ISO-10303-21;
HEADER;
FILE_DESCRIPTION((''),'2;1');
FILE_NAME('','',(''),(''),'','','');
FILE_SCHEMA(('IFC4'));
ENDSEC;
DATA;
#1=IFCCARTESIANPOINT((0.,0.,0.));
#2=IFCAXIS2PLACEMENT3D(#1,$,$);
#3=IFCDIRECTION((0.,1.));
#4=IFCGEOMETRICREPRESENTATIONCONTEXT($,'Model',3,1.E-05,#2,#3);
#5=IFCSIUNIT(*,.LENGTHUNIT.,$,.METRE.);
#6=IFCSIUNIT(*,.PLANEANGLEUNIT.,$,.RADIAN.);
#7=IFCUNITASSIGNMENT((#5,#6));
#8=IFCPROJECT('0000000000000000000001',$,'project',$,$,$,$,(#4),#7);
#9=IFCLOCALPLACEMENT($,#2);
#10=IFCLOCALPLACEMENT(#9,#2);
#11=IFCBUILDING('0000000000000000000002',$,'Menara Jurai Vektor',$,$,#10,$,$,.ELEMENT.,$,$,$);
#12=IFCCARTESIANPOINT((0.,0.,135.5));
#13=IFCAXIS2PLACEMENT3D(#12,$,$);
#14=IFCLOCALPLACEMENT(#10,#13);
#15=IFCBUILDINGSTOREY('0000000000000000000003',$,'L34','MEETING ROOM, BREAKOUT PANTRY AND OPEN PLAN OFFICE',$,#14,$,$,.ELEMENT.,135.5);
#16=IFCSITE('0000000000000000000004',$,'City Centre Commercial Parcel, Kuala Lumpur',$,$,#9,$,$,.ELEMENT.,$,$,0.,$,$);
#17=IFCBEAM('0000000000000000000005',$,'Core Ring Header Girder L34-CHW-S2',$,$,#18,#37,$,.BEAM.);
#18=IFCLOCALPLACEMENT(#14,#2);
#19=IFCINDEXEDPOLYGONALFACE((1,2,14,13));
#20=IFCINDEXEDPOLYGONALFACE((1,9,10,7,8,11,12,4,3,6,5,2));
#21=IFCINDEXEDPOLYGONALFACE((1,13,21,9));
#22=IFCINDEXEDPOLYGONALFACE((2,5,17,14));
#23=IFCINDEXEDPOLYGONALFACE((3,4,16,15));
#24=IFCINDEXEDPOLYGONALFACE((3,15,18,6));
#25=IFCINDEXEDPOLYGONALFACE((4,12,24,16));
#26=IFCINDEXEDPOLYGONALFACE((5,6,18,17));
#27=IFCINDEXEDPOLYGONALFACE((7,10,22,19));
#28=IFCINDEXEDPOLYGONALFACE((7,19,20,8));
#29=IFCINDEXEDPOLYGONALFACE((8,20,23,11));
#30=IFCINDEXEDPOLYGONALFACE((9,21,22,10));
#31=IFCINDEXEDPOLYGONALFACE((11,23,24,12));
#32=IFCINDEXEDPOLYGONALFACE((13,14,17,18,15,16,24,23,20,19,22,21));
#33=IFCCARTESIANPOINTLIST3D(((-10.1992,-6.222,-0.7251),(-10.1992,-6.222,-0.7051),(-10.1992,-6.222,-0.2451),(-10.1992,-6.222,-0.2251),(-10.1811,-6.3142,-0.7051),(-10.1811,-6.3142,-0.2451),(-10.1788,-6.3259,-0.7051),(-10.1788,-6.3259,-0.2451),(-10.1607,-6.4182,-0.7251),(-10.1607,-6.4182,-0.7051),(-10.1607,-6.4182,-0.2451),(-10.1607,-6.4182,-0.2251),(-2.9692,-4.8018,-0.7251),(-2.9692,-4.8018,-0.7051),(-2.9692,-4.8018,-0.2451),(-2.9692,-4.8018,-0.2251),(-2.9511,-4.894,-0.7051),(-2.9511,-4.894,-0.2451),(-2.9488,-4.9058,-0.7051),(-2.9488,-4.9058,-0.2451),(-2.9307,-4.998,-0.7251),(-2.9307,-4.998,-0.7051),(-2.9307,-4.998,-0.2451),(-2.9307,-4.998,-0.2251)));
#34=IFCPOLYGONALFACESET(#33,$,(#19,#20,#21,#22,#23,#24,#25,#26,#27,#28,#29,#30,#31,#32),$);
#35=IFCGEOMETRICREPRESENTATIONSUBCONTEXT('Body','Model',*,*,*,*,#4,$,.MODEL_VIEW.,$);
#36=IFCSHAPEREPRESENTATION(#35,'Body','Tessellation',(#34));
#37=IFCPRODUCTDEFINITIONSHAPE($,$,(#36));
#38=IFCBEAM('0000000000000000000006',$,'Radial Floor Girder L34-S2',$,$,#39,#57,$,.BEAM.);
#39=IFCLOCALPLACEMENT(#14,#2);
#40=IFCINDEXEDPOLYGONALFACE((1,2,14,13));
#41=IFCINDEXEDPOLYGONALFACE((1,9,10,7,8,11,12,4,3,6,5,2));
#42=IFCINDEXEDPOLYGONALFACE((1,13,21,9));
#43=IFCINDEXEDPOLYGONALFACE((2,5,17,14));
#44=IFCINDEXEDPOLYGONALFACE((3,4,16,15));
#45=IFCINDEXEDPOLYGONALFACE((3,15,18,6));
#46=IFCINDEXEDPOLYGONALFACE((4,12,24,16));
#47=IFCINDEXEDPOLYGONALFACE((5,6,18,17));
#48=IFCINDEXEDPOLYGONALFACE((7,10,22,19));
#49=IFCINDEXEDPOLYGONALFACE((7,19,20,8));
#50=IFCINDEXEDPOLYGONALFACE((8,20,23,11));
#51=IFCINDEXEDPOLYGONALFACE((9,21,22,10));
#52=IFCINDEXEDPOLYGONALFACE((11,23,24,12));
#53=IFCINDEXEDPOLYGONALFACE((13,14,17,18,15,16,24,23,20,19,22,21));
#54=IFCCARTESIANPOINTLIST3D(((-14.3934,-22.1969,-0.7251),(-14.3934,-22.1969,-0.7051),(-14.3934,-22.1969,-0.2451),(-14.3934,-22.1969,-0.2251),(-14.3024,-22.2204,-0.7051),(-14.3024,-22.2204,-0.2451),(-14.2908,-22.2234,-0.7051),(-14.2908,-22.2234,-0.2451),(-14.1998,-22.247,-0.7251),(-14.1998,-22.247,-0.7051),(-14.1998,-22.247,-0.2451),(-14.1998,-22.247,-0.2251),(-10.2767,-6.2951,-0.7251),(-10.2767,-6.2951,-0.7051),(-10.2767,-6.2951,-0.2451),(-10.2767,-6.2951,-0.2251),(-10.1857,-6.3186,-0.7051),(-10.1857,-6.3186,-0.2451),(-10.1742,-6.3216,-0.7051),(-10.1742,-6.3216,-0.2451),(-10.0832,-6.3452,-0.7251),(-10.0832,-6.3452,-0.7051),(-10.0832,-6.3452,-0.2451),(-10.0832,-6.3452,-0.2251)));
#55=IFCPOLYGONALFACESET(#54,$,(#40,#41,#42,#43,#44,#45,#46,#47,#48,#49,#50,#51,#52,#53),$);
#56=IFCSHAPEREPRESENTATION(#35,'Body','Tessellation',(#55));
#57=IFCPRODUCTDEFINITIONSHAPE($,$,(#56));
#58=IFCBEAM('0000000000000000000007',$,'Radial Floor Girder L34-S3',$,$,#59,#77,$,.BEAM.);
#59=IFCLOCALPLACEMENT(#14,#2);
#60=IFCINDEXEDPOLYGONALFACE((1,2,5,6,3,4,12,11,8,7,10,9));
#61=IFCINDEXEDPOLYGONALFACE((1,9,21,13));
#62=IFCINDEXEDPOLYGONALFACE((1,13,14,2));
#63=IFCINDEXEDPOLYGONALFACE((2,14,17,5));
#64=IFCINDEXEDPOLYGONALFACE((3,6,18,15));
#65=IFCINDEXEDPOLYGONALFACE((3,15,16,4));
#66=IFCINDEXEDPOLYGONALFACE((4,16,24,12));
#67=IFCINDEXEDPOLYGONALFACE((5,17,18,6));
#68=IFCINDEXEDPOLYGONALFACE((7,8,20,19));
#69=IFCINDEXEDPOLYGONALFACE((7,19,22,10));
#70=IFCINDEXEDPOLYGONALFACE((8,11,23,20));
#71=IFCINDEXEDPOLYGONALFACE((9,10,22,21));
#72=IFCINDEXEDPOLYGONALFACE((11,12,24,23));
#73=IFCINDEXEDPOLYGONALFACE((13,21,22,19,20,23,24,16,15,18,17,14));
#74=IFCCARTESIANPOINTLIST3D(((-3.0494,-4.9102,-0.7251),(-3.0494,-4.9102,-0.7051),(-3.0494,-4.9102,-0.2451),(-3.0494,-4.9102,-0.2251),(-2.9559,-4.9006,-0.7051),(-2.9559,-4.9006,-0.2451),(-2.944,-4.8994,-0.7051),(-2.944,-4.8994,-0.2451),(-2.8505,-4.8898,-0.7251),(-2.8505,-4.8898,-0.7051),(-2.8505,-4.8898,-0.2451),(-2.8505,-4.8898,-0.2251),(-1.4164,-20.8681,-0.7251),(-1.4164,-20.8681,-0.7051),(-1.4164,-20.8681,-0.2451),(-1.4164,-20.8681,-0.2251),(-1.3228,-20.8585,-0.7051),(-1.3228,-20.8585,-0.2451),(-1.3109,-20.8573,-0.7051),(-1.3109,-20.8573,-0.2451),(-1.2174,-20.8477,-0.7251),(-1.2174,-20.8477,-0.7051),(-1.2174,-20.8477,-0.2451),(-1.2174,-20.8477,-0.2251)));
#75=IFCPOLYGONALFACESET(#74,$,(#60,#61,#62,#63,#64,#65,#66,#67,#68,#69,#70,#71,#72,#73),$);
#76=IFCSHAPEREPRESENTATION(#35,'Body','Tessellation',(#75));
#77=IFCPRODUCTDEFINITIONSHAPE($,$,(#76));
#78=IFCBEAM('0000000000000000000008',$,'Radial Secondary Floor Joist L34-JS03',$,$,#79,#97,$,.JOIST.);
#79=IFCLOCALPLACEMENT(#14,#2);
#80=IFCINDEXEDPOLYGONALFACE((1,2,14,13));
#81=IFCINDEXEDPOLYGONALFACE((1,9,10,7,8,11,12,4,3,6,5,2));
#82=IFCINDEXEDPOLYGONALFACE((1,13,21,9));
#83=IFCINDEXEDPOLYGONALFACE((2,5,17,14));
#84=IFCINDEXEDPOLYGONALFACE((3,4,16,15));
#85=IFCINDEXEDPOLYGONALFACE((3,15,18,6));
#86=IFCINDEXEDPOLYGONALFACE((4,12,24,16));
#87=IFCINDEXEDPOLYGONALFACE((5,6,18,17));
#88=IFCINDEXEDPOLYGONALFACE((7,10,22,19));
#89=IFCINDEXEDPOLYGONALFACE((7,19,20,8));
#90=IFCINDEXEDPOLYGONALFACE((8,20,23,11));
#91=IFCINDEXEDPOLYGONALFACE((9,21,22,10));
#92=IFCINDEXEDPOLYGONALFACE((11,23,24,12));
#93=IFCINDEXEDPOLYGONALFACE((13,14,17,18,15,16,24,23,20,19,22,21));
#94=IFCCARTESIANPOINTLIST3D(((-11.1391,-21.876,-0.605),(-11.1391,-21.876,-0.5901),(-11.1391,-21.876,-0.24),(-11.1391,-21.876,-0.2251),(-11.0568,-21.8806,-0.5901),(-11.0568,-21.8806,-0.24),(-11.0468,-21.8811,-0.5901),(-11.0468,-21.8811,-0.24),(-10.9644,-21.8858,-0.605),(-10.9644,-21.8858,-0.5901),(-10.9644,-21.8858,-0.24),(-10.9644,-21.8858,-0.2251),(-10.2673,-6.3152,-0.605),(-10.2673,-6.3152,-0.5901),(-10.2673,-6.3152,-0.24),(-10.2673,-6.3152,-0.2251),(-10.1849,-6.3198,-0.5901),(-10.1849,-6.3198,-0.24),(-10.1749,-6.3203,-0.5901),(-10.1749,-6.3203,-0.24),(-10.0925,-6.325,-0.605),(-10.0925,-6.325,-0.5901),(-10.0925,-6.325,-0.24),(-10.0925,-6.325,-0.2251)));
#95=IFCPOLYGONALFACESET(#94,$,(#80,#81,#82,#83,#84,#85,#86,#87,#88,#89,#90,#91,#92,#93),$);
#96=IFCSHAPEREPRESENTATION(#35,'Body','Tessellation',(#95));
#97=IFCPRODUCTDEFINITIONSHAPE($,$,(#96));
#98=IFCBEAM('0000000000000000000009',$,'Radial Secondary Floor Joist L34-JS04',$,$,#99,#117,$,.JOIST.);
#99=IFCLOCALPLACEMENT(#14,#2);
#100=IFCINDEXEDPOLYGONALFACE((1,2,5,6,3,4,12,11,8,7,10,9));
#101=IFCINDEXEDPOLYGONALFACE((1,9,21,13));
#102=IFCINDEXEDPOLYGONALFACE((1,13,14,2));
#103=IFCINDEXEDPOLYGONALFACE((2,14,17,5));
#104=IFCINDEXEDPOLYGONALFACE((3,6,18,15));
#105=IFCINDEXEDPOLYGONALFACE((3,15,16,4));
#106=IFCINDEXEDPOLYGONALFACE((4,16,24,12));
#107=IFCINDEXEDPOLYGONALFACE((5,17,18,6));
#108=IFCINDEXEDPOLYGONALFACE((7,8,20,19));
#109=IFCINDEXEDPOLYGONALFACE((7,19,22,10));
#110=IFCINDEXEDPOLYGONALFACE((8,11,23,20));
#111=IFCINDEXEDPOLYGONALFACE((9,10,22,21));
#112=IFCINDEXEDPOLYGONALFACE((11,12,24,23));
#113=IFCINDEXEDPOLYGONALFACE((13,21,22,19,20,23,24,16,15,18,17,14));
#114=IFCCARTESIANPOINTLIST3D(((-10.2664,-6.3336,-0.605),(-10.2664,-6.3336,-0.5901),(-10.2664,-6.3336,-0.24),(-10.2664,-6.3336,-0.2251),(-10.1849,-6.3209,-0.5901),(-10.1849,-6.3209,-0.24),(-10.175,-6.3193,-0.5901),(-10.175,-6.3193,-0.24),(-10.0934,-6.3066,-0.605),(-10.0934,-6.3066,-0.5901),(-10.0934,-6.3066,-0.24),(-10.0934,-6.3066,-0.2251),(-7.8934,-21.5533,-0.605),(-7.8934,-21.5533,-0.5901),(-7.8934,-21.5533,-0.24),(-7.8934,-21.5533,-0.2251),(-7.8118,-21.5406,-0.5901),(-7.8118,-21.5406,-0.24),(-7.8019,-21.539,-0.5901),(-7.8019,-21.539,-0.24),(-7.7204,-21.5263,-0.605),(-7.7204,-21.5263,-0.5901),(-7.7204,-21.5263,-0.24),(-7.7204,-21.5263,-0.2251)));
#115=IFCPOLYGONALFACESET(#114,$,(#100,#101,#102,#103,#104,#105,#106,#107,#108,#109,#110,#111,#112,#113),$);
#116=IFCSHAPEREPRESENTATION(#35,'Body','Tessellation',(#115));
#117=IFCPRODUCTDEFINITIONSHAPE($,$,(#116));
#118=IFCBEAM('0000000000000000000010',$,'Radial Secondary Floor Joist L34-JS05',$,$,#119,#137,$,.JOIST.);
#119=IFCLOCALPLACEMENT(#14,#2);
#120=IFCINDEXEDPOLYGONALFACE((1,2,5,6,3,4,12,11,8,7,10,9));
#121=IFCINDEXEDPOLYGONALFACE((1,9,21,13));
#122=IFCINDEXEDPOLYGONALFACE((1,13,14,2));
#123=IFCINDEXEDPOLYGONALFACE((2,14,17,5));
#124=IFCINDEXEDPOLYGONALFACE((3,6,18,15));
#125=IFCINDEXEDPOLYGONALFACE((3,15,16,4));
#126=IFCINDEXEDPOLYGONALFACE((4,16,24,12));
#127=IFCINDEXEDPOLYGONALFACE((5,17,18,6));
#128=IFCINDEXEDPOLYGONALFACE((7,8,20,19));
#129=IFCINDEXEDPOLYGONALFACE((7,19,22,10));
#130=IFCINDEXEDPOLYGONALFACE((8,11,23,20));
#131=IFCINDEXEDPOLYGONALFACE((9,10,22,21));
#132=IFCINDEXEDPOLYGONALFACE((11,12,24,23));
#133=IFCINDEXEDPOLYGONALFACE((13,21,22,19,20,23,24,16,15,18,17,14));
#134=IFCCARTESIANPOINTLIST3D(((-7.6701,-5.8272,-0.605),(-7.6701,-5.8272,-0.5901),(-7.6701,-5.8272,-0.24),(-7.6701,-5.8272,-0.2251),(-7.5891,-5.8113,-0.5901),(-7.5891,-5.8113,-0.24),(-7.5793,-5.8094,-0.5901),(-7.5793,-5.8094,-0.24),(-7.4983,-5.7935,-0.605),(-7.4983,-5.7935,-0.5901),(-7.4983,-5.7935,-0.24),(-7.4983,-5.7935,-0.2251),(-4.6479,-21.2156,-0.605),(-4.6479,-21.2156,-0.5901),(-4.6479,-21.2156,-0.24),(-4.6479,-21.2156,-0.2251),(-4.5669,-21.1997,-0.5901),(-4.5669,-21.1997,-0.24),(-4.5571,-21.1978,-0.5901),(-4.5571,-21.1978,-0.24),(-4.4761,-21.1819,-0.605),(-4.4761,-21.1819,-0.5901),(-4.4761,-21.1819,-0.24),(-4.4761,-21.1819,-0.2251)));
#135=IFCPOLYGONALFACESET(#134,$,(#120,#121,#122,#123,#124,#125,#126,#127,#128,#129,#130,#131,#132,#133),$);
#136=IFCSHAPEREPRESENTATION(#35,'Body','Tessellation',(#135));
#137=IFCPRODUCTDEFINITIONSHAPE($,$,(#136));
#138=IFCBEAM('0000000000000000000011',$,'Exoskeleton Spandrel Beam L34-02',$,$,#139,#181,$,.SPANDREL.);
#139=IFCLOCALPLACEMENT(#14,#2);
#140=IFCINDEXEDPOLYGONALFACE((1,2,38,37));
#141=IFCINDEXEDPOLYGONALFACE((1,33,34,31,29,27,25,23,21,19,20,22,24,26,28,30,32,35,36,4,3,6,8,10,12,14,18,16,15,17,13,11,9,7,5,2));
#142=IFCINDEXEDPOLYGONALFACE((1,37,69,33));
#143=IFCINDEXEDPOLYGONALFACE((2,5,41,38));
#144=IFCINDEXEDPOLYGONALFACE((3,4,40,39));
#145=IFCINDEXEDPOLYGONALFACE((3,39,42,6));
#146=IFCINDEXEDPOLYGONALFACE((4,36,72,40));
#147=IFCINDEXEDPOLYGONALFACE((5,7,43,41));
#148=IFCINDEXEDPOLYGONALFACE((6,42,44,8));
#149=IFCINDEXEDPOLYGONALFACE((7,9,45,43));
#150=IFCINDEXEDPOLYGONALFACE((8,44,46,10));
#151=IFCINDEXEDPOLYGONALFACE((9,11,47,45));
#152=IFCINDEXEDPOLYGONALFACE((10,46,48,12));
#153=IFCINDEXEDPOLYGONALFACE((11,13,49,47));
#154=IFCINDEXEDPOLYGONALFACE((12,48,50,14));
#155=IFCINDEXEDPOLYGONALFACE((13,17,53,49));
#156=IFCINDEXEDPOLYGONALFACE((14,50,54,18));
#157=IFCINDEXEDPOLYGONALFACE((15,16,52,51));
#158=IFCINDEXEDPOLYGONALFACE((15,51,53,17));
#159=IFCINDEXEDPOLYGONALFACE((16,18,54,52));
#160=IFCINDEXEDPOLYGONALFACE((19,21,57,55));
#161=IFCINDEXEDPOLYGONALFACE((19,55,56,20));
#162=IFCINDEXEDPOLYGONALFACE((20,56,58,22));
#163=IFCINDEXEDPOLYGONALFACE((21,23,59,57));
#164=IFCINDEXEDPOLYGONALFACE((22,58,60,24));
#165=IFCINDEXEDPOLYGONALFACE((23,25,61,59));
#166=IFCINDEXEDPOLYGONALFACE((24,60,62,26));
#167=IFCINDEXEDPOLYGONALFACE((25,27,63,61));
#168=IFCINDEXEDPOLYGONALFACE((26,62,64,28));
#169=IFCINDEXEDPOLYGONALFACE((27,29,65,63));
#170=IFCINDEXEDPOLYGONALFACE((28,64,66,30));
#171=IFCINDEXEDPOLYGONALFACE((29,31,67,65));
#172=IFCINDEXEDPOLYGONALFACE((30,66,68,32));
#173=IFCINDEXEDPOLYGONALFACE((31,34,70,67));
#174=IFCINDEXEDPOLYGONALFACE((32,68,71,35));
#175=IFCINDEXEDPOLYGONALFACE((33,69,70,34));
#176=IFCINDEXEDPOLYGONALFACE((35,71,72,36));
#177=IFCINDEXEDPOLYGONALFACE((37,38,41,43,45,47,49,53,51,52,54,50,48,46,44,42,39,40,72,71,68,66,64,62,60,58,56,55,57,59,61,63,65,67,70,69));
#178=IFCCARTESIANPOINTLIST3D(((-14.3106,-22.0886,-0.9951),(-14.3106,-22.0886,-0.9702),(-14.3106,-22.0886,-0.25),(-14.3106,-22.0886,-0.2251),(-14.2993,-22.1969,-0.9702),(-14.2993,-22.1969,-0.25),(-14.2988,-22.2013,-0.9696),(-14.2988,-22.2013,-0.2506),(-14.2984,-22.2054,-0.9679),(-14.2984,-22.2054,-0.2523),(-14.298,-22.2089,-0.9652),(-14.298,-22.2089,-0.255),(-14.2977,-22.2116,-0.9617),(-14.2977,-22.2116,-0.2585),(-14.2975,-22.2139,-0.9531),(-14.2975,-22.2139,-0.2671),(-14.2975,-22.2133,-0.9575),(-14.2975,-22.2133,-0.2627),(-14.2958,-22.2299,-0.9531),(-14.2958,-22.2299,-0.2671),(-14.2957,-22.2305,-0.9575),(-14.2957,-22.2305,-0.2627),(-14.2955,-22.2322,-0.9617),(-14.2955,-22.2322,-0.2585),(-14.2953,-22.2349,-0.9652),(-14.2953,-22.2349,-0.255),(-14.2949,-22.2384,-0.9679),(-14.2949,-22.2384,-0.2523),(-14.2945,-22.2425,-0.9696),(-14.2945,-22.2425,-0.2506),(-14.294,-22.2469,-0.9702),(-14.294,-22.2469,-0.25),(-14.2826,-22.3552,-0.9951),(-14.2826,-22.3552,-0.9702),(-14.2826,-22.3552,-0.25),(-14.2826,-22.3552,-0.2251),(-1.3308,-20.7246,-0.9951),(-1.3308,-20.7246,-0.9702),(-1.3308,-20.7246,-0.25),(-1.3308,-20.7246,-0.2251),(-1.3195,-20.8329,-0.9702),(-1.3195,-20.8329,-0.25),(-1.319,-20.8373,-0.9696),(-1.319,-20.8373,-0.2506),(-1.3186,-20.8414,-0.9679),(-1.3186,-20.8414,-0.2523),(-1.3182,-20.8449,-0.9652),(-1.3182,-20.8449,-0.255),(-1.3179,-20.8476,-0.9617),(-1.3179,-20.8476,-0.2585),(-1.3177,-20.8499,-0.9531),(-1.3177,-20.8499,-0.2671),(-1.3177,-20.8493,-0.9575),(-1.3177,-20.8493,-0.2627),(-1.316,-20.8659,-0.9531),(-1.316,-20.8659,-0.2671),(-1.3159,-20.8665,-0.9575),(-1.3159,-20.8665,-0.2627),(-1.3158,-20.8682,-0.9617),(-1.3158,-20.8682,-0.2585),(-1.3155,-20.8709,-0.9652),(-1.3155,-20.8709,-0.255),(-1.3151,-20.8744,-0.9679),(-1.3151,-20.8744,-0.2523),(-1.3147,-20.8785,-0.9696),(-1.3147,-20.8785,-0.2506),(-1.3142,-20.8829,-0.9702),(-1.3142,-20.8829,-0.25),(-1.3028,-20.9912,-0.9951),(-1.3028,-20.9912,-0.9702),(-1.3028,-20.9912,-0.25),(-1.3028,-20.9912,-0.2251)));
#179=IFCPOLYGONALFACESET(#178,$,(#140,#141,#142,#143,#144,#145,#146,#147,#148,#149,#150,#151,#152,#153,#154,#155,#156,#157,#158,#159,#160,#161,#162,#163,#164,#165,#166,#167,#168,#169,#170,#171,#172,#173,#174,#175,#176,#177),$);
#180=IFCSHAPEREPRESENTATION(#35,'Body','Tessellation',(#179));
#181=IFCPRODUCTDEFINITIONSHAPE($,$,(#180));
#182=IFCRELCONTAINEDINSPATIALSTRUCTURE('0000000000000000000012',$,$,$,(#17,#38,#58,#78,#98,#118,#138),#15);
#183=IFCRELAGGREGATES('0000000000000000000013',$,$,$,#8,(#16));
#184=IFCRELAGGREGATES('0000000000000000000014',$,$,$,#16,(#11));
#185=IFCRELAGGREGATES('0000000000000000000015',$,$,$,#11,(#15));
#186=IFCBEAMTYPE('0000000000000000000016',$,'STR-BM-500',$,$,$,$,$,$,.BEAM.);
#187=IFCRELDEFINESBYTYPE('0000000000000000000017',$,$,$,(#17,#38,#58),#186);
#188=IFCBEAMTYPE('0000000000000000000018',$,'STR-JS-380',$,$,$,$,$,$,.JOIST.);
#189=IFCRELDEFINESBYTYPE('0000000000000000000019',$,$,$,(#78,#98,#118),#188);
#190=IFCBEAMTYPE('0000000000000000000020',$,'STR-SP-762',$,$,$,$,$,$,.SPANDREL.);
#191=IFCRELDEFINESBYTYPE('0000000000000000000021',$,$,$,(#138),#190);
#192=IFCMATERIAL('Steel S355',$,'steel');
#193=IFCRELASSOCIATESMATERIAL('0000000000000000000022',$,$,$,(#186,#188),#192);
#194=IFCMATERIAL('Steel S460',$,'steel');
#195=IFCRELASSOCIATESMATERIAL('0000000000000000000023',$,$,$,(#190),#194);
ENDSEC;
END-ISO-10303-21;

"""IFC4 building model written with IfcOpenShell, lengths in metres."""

from ifc_helpers import new_model, si_unit, direction, frame, origin, origin_2d, place, context, subcontext, project, spatial, i_section, extrude, material, material_profile, profile_set, type_object, element, save


model = new_model("IFC4")

# Units and contexts
model_context = context("Model", 3, precision=1e-05, world=origin(), true_north=direction((0.0, 1.0)))
body_context = subcontext(model_context, "Body", "Model", "MODEL_VIEW")
ifc_project = project(units=[si_unit("LENGTHUNIT", "METRE"), si_unit("PLANEANGLEUNIT", "RADIAN")], contexts=[model_context])

# Site, building, storey
site_placement = place(None, origin())
site = spatial("IfcSite", under=ifc_project, at=site_placement, Name="City Centre Commercial Parcel, Kuala Lumpur", CompositionType="ELEMENT", RefElevation=0.0)
building_placement = place(site_placement, origin())
building = spatial("IfcBuilding", under=site, at=building_placement, Name="Menara Jurai Vektor", CompositionType="ELEMENT")
storey_placement = place(building_placement, frame((0.0, 0.0, 135.5)))
storey = spatial("IfcBuildingStorey", under=building, at=storey_placement, Name="L34", Description="MEETING ROOM, BREAKOUT PANTRY AND OPEN PLAN OFFICE", CompositionType="ELEMENT", Elevation=135.5)

# Shared definitions
ifc_material_1 = material(Name="Steel S460", Category="steel")

# Beams
ifc_material_2 = material(Name="Steel S355", Category="steel")
ifc_material_profile_1 = material_profile(ifc_material_2, i_section(OverallWidth=0.2, OverallDepth=0.5, WebThickness=0.012, FlangeThickness=0.02, at=origin_2d()), Name="PG 500x200x96")
ifc_profile_set_1 = profile_set([ifc_material_profile_1], Name="Steel S355")
beam_type_1 = type_object("IfcBeamType", Name="STR-BM-500", PredefinedType="BEAM", material=ifc_profile_set_1)
beam_1_placement = place(storey_placement, frame((-10.1799, -6.3201, -0.4751), z_axis=(0.981249, 0.192744, 0.0), x_axis=(-0.192744, 0.981249, 0.0)))
element("IfcBeam", 1, at=beam_1_placement, inside=storey, type_object=beam_type_1, Name="Core Ring Header Girder L34-CHW-S2", PredefinedType="BEAM", context=body_context, shape_type="SweptSolid", body=[
    extrude(i_section(OverallWidth=0.2, OverallDepth=0.5, WebThickness=0.012, FlangeThickness=0.02, at=origin_2d()), origin(), (0.0, 0.0, 1.0), 7.3682),
])
beam_2_placement = place(storey_placement, frame((-14.2966, -22.2219, -0.4751), z_axis=(0.25062, 0.968086, 0.0), x_axis=(-0.968086, 0.25062, 0.0)))
element("IfcBeam", 2, at=beam_2_placement, inside=storey, type_object=beam_type_1, Name="Radial Floor Girder L34-S2", PredefinedType="BEAM", context=body_context, shape_type="SweptSolid", body=[
    extrude(i_section(OverallWidth=0.2, OverallDepth=0.5, WebThickness=0.012, FlangeThickness=0.02, at=origin_2d()), origin(), (0.0, 0.0, 1.0), 16.426),
])
beam_3_placement = place(storey_placement, frame((-1.3169, -20.8579, -0.4751), z_axis=(-0.101803, 0.994805, 0.0), x_axis=(-0.994805, -0.101803, 0.0)))
element("IfcBeam", 3, at=beam_3_placement, inside=storey, type_object=beam_type_1, Name="Radial Floor Girder L34-S3", PredefinedType="BEAM", context=body_context, shape_type="SweptSolid", body=[
    extrude(i_section(OverallWidth=0.2, OverallDepth=0.5, WebThickness=0.012, FlangeThickness=0.02, at=origin_2d()), origin(), (0.0, 0.0, 1.0), 16.0413),
])
ifc_material_profile_2 = material_profile(ifc_material_2, i_section(OverallWidth=0.175, OverallDepth=0.3799, WebThickness=0.01, FlangeThickness=0.0149, at=origin_2d()), Name="PG 380x175x58")
ifc_profile_set_2 = profile_set([ifc_material_profile_2], Name="Steel S355")
beam_type_2 = type_object("IfcBeamType", Name="STR-JS-380", PredefinedType="JOIST", material=ifc_profile_set_2)
beam_4_placement = place(storey_placement, frame((-11.0518, -21.8809, -0.415), z_axis=(0.055939, 0.998434, 0.0), x_axis=(-0.998434, 0.055939, 0.0)))
element("IfcBeam", 4, at=beam_4_placement, inside=storey, type_object=beam_type_2, Name="Radial Secondary Floor Joist L34-JS03", PredefinedType="JOIST", context=body_context, shape_type="SweptSolid", body=[
    extrude(i_section(OverallWidth=0.175, OverallDepth=0.3799, WebThickness=0.01, FlangeThickness=0.0149, at=origin_2d()), origin(), (0.0, 0.0, 1.0), 15.5852),
])
beam_5_placement = place(storey_placement, frame((-7.8069, -21.5398, -0.415), z_axis=(-0.154058, 0.988062, 0.0), x_axis=(-0.988062, -0.154058, 0.0)))
element("IfcBeam", 5, at=beam_5_placement, inside=storey, type_object=beam_type_2, Name="Radial Secondary Floor Joist L34-JS04", PredefinedType="JOIST", context=body_context, shape_type="SweptSolid", body=[
    extrude(i_section(OverallWidth=0.175, OverallDepth=0.3799, WebThickness=0.01, FlangeThickness=0.0149, at=origin_2d()), origin(), (0.0, 0.0, 1.0), 15.4036),
])
beam_6_placement = place(storey_placement, frame((-4.562, -21.1987, -0.415), z_axis=(-0.192714, 0.981255, 0.0), x_axis=(-0.981255, -0.192714, 0.0)))
element("IfcBeam", 6, at=beam_6_placement, inside=storey, type_object=beam_type_2, Name="Radial Secondary Floor Joist L34-JS05", PredefinedType="JOIST", context=body_context, shape_type="SweptSolid", body=[
    extrude(i_section(OverallWidth=0.175, OverallDepth=0.3799, WebThickness=0.01, FlangeThickness=0.0149, at=origin_2d()), origin(), (0.0, 0.0, 1.0), 15.6824),
])
ifc_material_profile_3 = material_profile(ifc_material_1, i_section(OverallWidth=0.2681, OverallDepth=0.77, WebThickness=0.0161, FlangeThickness=0.0249, FilletRadius=0.0171, at=origin_2d()), Name="UKB 762x267x197")
ifc_profile_set_3 = profile_set([ifc_material_profile_3], Name="Steel S460")
beam_type_3 = type_object("IfcBeamType", Name="STR-SP-762", PredefinedType="SPANDREL", material=ifc_profile_set_3)
beam_7_placement = place(storey_placement, frame((-14.2966, -22.2219, -0.6101), z_axis=(0.994524, 0.104512, 0.0), x_axis=(-0.104512, 0.994524, 0.0)))
element("IfcBeam", 7, at=beam_7_placement, inside=storey, type_object=beam_type_3, Name="Exoskeleton Spandrel Beam L34-02", PredefinedType="SPANDREL", context=body_context, shape_type="SweptSolid", body=[
    extrude(i_section(OverallWidth=0.2681, OverallDepth=0.77, WebThickness=0.0161, FlangeThickness=0.0249, FilletRadius=0.0171, at=origin_2d()), origin(), (0.0, 0.0, 1.0), 13.0513),
])

save(model, "model.ifc")
